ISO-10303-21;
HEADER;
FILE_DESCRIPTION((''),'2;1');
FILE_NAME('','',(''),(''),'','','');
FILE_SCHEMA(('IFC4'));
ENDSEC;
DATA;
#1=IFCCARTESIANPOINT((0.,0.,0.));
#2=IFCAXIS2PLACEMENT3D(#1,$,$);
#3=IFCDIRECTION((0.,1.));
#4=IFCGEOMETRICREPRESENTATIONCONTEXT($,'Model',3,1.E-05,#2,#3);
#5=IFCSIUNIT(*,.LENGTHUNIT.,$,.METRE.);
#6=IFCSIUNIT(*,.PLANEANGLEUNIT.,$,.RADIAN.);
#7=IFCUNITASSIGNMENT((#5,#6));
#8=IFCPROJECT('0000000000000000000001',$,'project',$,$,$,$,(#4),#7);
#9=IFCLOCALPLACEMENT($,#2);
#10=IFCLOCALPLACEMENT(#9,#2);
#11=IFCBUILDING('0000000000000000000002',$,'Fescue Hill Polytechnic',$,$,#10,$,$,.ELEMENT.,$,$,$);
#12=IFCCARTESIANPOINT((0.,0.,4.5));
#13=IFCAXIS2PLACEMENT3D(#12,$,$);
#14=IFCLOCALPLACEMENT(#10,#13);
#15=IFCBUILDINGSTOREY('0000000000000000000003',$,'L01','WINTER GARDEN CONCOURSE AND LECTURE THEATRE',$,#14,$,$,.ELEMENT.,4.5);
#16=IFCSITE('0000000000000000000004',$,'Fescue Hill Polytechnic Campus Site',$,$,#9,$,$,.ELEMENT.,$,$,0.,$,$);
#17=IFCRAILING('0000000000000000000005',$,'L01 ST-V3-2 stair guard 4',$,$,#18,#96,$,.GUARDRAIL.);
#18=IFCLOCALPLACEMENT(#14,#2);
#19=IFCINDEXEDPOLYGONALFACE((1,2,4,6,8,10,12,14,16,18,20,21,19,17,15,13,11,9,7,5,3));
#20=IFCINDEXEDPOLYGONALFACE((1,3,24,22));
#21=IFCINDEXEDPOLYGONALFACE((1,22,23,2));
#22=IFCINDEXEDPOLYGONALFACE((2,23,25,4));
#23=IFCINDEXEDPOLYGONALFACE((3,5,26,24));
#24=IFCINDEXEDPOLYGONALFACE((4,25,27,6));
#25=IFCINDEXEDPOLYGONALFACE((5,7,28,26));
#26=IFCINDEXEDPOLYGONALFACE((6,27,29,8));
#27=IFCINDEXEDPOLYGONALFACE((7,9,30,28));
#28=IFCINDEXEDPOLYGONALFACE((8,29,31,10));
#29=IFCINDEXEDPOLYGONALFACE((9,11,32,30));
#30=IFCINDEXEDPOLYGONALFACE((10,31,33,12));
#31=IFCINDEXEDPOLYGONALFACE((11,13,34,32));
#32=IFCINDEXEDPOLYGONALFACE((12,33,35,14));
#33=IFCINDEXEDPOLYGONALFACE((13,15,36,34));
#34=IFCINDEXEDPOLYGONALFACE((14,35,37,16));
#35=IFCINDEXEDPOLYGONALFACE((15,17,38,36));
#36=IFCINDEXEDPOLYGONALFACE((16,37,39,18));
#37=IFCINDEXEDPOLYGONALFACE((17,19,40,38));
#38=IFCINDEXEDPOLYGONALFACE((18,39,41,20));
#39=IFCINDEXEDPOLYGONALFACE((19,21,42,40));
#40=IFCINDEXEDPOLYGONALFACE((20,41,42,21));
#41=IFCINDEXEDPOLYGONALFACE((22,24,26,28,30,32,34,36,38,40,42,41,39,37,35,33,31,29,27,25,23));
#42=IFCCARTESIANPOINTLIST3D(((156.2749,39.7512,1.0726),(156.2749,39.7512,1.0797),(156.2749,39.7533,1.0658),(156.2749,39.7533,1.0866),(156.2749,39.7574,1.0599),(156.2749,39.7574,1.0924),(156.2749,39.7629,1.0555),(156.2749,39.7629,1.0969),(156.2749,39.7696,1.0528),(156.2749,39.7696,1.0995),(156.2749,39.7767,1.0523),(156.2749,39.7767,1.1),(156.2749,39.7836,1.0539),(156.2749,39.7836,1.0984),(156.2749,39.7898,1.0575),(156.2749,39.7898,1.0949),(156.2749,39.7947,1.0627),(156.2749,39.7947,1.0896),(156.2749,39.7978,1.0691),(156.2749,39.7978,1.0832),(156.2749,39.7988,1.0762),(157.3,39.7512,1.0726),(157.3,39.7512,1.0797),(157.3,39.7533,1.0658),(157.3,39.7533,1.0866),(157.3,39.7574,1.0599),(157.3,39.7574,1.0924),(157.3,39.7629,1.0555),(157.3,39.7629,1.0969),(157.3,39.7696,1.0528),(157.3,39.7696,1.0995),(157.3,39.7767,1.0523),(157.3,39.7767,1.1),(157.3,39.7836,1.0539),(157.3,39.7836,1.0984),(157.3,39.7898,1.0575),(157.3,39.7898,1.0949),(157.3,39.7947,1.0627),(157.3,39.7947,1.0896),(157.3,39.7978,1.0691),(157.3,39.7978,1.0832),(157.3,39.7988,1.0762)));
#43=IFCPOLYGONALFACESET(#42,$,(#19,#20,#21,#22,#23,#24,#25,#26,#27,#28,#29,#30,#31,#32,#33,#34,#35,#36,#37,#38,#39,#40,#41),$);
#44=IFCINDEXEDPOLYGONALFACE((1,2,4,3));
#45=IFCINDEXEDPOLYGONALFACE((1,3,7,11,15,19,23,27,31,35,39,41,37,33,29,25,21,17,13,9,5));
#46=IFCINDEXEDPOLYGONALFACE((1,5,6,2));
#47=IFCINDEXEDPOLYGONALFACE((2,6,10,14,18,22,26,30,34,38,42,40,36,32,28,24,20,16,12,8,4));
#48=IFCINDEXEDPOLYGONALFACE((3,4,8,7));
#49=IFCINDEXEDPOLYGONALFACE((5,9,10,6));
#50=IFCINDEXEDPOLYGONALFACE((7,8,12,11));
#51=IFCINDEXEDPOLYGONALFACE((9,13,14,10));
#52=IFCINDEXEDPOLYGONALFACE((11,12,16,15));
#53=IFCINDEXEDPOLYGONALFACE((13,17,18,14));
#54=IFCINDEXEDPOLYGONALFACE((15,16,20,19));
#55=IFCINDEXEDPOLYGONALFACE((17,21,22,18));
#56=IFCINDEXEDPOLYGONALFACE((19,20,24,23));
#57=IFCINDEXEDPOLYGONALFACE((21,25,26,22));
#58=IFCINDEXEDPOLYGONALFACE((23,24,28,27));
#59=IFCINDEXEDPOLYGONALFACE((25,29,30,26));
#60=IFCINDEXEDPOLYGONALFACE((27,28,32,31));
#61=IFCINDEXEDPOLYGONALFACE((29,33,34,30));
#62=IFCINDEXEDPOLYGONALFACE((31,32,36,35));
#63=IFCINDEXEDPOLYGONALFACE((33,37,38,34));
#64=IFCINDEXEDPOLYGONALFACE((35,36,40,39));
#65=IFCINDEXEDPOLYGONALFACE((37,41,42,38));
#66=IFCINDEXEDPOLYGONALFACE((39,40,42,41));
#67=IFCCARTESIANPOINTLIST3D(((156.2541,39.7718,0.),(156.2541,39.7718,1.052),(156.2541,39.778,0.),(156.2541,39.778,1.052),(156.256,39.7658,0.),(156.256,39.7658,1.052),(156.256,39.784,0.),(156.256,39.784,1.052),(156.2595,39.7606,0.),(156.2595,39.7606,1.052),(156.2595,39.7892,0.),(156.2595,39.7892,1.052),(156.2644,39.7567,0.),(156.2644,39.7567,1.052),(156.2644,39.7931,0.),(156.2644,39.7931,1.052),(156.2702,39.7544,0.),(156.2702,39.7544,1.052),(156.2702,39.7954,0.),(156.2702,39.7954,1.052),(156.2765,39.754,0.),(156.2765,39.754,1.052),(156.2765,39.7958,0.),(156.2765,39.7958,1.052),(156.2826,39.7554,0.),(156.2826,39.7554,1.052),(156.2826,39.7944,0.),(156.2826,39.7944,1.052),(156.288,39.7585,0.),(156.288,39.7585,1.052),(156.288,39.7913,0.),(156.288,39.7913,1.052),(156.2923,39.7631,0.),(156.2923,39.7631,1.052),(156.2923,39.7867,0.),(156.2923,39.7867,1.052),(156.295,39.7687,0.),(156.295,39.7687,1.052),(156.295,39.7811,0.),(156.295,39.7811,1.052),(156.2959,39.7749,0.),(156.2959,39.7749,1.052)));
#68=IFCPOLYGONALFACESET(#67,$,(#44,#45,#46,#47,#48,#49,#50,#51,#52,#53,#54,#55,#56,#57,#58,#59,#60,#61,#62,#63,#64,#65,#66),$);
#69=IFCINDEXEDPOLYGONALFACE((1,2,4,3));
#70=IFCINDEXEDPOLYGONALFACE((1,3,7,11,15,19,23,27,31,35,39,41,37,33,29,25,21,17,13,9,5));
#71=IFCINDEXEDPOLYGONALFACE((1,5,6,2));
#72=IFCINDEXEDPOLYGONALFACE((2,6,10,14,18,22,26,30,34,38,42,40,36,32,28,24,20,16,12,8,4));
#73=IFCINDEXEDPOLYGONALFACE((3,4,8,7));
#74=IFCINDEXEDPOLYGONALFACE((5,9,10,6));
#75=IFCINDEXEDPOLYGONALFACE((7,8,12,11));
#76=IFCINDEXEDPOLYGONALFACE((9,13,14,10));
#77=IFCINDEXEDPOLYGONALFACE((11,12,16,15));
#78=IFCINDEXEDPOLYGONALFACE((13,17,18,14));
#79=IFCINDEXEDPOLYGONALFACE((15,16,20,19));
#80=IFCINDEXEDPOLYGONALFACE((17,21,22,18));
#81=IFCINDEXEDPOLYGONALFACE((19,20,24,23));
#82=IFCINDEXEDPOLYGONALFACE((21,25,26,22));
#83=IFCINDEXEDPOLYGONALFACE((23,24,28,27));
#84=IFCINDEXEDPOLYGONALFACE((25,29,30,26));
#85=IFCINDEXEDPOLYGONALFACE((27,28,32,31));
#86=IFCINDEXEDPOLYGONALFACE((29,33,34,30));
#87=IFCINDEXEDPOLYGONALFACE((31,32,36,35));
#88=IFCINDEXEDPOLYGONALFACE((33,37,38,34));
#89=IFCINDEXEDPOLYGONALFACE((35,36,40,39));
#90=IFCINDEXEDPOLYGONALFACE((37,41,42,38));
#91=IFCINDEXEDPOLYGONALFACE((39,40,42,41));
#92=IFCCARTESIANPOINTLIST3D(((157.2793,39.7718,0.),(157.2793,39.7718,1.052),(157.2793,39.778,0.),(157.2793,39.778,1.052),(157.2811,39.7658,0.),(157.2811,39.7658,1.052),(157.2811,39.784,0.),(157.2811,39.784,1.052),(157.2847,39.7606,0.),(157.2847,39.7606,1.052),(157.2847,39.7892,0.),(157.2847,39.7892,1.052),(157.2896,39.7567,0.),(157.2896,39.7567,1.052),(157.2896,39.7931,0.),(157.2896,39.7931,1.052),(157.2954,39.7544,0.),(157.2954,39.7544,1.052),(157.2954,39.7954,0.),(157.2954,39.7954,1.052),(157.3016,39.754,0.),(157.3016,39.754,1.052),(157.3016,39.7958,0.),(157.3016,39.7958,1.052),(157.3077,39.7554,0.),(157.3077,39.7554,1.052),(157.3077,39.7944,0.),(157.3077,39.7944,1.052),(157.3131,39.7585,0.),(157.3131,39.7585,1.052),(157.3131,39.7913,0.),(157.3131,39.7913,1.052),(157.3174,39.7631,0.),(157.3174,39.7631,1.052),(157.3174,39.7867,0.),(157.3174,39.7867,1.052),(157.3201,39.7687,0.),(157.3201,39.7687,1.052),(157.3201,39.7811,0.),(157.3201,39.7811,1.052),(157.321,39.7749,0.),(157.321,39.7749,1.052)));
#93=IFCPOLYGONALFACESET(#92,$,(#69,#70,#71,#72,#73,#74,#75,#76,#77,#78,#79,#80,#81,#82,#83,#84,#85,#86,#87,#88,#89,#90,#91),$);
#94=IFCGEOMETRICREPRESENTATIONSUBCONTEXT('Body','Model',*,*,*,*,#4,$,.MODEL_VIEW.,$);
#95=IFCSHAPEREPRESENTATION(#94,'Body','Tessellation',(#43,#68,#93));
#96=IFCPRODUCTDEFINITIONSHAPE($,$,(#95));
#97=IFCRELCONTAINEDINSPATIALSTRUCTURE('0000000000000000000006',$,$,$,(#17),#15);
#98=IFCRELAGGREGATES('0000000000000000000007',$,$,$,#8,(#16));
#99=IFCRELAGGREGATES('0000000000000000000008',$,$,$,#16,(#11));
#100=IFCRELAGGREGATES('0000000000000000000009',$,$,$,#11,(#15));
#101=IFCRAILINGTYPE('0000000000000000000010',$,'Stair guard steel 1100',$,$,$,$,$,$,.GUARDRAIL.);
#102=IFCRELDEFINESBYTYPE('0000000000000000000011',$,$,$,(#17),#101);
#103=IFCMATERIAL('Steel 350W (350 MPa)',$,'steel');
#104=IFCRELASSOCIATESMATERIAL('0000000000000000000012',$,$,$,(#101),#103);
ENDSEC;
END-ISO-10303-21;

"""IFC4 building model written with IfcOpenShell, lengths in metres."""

from ifc_helpers import new_model, si_unit, direction, frame, origin, origin_2d, place, context, subcontext, project, spatial, circle, extrude, material, type_object, element, save


model = new_model("IFC4")

# Units and contexts
model_context = context("Model", 3, precision=1e-05, world=origin(), true_north=direction((0.0, 1.0)))
body_context = subcontext(model_context, "Body", "Model", "MODEL_VIEW")
ifc_project = project(units=[si_unit("LENGTHUNIT", "METRE"), si_unit("PLANEANGLEUNIT", "RADIAN")], contexts=[model_context])

# Site, building, storey
site_placement = place(None, origin())
site = spatial("IfcSite", under=ifc_project, at=site_placement, Name="Fescue Hill Polytechnic Campus Site", CompositionType="ELEMENT", RefElevation=0.0)
building_placement = place(site_placement, origin())
building = spatial("IfcBuilding", under=site, at=building_placement, Name="Fescue Hill Polytechnic", CompositionType="ELEMENT")
storey_placement = place(building_placement, frame((0.0, 0.0, 4.5)))
storey = spatial("IfcBuildingStorey", under=building, at=storey_placement, Name="L01", Description="WINTER GARDEN CONCOURSE AND LECTURE THEATRE", CompositionType="ELEMENT", Elevation=4.5)

# Railing
ifc_material_1 = material(Name="Steel 350W (350 MPa)", Category="steel")
railing_type_1 = type_object("IfcRailingType", Name="Stair guard steel 1100", PredefinedType="GUARDRAIL", material=ifc_material_1)
railing_1_placement = place(storey_placement, frame((156.2749, 39.7749, 0.0)))
element("IfcRailing", 1, at=railing_1_placement, inside=storey, type_object=railing_type_1, Name="L01 ST-V3-2 stair guard 4", PredefinedType="GUARDRAIL", context=body_context, shape_type="SweptSolid", body=[
    extrude(circle(Radius=0.0239, at=origin_2d()), frame((0.0, 0.0, 1.0762), z_axis=(1.0, 0.0, 0.0), x_axis=(0.0, 1.0, 0.0)), (0.0, 0.0, 1.0), 1.0251),
    extrude(circle(Radius=0.021, at=origin_2d()), origin(), (0.0, 0.0, 1.0), 1.052),
    extrude(circle(Radius=0.021, at=origin_2d()), frame((1.0251, 0.0, 0.0)), (0.0, 0.0, 1.0), 1.052),
])

save(model, "model.ifc")
